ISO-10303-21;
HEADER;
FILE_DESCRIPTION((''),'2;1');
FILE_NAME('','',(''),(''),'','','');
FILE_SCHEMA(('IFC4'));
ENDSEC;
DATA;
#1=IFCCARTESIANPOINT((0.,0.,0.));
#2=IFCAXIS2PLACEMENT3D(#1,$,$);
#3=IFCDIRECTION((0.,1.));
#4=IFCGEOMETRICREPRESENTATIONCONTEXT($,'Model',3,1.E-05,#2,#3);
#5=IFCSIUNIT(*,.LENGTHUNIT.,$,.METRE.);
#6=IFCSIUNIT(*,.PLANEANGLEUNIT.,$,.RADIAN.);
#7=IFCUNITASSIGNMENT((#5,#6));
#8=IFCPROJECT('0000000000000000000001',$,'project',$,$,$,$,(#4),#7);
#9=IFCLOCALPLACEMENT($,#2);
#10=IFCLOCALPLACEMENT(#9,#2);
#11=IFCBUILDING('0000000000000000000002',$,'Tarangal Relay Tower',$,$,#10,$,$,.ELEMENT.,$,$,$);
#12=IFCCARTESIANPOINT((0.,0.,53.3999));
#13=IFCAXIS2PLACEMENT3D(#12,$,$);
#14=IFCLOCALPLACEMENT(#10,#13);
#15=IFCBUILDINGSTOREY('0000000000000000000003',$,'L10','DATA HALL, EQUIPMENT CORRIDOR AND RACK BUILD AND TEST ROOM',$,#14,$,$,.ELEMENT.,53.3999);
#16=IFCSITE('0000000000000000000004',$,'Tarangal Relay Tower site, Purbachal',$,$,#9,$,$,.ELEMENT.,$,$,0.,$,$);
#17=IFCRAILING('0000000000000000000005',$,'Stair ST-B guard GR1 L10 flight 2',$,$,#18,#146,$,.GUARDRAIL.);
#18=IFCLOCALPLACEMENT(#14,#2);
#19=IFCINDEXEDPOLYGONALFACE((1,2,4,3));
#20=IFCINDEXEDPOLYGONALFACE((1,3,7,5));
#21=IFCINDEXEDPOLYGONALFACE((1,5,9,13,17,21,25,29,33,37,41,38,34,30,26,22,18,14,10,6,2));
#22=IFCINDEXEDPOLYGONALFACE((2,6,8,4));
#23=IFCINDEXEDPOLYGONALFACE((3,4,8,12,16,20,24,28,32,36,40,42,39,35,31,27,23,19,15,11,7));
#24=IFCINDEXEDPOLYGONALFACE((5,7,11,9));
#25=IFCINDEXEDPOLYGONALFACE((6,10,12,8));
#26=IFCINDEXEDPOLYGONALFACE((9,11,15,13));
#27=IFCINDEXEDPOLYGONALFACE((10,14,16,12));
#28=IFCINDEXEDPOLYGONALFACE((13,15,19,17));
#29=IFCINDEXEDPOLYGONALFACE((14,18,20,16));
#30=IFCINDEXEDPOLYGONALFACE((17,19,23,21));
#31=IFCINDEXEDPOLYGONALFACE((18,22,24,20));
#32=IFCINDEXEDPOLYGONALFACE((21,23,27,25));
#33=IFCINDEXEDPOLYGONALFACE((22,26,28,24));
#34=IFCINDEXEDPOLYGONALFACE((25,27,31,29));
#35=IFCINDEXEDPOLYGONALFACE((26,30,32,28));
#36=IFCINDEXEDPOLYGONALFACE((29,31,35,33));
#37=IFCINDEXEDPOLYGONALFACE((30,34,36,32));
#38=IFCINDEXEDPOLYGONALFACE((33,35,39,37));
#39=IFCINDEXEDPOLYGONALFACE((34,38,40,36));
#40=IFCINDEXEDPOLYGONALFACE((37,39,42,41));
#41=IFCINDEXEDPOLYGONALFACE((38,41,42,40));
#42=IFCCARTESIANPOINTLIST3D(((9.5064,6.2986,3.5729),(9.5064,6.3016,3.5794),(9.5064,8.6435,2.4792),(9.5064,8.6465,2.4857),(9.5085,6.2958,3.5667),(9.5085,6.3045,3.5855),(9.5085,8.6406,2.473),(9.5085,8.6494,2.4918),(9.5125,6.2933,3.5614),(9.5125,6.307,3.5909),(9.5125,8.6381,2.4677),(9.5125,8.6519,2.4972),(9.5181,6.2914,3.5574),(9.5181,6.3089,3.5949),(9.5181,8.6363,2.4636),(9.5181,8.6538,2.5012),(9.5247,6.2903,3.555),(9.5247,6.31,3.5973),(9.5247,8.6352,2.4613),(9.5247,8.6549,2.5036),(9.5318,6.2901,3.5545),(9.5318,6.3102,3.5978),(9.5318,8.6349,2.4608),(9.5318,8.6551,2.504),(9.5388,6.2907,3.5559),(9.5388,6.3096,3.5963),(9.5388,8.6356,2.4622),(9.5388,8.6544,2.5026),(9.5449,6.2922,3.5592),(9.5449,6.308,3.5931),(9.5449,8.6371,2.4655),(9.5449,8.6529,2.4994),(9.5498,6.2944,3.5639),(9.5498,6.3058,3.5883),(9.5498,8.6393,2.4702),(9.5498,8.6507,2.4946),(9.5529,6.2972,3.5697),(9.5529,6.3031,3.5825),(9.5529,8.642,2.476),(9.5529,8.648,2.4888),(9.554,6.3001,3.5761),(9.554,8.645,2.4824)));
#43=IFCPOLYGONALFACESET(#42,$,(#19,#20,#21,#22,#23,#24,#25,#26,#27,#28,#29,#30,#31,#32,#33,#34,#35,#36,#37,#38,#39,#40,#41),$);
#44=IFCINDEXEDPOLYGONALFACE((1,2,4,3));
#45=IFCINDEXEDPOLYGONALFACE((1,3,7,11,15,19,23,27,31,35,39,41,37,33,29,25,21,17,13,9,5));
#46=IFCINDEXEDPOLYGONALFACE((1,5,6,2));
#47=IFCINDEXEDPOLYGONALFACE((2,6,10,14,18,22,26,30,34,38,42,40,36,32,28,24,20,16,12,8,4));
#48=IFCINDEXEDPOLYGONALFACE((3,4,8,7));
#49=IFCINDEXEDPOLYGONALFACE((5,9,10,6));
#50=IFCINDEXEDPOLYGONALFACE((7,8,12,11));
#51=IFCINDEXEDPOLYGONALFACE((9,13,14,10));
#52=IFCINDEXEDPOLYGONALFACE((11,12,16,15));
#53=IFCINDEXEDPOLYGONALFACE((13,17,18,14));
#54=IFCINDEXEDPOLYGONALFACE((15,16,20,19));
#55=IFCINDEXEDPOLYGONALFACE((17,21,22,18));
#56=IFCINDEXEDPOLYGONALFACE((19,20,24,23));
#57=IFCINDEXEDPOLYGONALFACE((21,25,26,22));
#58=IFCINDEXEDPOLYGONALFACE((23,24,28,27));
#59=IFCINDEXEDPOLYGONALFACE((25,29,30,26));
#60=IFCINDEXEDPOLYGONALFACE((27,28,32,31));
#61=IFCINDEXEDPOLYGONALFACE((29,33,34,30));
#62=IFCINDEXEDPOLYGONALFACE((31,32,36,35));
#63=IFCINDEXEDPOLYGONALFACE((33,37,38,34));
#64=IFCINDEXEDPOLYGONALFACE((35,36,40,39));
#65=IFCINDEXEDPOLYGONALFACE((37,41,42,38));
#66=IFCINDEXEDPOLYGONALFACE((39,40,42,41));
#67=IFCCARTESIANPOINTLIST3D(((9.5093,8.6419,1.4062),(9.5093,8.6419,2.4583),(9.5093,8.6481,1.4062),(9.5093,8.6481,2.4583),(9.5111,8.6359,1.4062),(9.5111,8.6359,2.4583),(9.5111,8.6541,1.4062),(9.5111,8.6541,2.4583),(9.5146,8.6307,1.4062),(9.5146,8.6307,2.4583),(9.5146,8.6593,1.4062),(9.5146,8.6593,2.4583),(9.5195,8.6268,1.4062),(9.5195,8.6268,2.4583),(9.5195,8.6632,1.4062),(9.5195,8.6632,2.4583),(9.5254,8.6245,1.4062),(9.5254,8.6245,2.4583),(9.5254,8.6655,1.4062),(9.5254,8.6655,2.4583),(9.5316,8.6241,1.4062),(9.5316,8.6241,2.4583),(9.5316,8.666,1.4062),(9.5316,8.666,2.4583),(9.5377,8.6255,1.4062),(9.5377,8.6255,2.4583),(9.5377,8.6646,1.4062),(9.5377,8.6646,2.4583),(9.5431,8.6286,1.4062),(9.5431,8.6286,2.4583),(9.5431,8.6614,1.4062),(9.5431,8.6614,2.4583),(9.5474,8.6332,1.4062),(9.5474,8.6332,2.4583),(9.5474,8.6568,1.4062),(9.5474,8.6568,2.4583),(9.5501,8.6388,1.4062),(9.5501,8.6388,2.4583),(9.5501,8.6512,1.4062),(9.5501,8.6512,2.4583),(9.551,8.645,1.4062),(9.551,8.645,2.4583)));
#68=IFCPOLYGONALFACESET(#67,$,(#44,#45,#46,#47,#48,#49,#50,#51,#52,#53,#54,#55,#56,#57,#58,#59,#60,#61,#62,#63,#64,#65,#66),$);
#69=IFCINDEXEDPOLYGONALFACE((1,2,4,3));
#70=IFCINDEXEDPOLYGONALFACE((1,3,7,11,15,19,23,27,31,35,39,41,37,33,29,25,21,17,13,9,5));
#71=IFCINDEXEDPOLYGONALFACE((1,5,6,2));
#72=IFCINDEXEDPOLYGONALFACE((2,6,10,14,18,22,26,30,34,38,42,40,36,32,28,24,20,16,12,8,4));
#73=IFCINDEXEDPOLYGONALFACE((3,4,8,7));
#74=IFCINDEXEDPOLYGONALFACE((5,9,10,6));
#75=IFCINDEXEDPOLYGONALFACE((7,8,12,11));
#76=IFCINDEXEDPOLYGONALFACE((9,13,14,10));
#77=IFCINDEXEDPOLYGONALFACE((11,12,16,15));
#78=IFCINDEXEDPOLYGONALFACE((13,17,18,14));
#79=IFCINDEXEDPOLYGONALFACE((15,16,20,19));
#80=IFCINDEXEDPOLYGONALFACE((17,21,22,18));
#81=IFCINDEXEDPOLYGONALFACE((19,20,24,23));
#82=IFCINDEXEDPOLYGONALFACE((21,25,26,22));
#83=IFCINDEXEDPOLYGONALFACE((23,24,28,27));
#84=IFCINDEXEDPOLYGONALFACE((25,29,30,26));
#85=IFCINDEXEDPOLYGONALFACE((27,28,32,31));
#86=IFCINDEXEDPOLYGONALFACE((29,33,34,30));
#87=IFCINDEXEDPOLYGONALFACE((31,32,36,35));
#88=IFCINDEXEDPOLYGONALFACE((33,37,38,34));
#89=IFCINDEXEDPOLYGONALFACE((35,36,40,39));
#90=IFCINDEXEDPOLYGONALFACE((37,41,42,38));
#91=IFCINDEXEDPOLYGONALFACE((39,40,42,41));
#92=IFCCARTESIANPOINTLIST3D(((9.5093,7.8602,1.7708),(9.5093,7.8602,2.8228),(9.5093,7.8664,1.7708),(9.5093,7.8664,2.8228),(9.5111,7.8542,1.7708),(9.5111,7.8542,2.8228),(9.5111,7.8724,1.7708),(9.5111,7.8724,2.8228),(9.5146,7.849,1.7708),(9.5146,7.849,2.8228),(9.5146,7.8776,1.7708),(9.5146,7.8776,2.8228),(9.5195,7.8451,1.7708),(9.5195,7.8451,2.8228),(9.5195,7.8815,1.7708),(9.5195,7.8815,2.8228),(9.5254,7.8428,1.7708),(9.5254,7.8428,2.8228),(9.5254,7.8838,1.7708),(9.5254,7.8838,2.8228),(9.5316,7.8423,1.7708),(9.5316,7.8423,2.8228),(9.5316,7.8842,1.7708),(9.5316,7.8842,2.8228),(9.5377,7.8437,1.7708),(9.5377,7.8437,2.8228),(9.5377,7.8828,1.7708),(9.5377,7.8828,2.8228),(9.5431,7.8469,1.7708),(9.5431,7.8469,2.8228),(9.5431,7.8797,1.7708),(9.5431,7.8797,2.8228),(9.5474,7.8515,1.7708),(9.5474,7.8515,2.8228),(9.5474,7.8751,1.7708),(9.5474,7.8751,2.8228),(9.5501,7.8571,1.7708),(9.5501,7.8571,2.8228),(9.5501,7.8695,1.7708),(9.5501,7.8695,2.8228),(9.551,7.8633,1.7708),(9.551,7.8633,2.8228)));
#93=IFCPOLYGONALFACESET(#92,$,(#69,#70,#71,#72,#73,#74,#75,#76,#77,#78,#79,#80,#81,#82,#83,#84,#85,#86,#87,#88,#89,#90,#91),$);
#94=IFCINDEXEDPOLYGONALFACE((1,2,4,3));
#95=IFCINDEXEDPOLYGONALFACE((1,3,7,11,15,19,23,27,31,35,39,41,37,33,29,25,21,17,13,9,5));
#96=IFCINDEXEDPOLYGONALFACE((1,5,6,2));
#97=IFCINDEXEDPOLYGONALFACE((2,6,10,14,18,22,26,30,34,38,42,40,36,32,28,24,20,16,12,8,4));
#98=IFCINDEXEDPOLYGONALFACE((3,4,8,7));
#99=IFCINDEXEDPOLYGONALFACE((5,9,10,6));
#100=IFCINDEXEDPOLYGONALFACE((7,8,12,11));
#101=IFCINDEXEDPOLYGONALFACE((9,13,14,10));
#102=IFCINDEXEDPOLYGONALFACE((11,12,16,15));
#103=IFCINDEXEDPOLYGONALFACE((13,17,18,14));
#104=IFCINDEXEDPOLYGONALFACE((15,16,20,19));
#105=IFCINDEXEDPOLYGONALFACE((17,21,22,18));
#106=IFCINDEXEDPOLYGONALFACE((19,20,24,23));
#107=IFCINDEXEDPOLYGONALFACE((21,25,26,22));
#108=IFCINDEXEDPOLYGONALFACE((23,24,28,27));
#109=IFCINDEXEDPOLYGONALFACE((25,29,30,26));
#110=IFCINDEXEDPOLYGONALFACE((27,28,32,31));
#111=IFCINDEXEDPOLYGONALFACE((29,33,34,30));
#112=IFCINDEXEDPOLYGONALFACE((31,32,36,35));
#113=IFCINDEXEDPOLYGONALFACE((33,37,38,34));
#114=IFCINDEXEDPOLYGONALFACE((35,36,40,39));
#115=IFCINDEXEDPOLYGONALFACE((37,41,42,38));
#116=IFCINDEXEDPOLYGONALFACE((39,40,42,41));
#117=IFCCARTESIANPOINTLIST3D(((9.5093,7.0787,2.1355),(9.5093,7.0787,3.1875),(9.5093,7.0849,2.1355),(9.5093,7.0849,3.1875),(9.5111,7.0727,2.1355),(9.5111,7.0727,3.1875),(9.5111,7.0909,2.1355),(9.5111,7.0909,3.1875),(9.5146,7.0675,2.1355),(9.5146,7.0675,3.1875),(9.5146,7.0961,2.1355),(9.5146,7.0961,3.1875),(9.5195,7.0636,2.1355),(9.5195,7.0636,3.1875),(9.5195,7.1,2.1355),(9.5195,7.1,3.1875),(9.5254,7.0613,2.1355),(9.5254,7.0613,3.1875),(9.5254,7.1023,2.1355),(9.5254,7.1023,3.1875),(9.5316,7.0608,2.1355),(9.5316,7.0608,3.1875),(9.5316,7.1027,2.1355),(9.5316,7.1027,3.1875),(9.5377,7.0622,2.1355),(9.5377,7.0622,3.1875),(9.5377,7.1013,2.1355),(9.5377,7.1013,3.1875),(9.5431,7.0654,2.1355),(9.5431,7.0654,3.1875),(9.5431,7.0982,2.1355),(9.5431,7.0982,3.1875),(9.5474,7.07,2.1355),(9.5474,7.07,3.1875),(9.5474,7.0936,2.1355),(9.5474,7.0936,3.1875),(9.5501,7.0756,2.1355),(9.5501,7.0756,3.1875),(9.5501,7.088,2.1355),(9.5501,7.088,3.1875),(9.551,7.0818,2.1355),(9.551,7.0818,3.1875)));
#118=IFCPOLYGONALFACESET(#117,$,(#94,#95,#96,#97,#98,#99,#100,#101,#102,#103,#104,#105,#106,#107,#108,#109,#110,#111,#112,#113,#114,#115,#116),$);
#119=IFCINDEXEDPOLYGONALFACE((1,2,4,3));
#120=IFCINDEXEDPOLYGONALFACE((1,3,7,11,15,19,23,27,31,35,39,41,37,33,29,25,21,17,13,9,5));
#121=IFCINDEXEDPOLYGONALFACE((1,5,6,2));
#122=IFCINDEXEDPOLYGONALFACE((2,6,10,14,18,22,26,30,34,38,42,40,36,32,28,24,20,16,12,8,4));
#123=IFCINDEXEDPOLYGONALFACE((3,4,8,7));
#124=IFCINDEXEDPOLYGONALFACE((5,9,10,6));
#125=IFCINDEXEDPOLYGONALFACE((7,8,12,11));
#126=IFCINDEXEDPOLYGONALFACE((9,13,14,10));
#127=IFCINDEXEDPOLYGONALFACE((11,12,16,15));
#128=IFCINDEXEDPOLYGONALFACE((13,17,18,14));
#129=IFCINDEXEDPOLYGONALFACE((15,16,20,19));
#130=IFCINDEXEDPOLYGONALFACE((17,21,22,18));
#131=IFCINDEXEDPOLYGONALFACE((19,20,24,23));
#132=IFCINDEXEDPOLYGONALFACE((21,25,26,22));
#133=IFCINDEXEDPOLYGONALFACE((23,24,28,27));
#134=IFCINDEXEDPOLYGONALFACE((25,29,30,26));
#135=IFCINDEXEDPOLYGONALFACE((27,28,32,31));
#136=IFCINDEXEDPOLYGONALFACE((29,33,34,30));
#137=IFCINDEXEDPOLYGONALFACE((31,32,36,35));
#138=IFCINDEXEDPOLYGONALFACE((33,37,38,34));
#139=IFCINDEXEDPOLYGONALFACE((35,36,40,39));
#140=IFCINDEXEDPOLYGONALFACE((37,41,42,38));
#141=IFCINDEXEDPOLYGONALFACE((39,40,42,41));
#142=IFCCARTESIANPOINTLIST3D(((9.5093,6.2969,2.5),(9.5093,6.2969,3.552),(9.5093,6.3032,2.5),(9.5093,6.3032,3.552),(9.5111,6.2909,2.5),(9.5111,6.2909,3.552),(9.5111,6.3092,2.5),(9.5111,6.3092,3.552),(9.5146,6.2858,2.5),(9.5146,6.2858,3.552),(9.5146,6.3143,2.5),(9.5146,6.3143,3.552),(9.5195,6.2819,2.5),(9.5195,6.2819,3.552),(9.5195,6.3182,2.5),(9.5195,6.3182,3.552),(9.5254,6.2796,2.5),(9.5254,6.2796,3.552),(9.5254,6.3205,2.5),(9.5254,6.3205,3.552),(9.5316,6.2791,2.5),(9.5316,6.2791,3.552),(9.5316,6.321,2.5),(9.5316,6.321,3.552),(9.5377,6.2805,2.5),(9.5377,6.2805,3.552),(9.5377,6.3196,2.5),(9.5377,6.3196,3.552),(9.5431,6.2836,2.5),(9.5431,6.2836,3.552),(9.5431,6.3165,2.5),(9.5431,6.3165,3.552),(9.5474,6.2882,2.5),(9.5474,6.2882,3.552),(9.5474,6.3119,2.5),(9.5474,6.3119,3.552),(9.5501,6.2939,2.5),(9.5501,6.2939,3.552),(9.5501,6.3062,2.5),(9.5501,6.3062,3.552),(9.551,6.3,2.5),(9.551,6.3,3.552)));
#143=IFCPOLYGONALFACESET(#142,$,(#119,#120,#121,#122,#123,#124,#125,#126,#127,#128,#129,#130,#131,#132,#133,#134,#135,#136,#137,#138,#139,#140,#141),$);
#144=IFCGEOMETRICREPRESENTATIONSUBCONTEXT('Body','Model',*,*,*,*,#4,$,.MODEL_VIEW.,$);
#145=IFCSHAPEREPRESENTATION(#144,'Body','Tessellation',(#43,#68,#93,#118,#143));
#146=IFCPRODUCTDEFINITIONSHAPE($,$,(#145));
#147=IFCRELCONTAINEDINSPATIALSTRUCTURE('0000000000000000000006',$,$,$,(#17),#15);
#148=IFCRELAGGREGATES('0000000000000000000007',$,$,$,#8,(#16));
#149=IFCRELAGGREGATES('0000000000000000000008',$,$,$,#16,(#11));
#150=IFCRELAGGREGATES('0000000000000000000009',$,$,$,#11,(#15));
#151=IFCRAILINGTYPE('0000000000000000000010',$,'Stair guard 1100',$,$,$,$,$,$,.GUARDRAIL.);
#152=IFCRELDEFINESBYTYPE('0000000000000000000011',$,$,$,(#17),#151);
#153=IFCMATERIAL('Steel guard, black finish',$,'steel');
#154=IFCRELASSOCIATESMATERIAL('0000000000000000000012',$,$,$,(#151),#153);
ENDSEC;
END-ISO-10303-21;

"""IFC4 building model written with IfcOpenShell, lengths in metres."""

from ifc_helpers import new_model, si_unit, direction, frame, origin, origin_2d, place, context, subcontext, project, spatial, circle, extrude, material, type_object, element, save


model = new_model("IFC4")

# Units and contexts
model_context = context("Model", 3, precision=1e-05, world=origin(), true_north=direction((0.0, 1.0)))
body_context = subcontext(model_context, "Body", "Model", "MODEL_VIEW")
ifc_project = project(units=[si_unit("LENGTHUNIT", "METRE"), si_unit("PLANEANGLEUNIT", "RADIAN")], contexts=[model_context])

# Site, building, storey
site_placement = place(None, origin())
site = spatial("IfcSite", under=ifc_project, at=site_placement, Name="Tarangal Relay Tower site, Purbachal", CompositionType="ELEMENT", RefElevation=0.0)
building_placement = place(site_placement, origin())
building = spatial("IfcBuilding", under=site, at=building_placement, Name="Tarangal Relay Tower", CompositionType="ELEMENT")
storey_placement = place(building_placement, frame((0.0, 0.0, 53.3999)))
storey = spatial("IfcBuildingStorey", under=building, at=storey_placement, Name="L10", Description="DATA HALL, EQUIPMENT CORRIDOR AND RACK BUILD AND TEST ROOM", CompositionType="ELEMENT", Elevation=53.3999)

# Railing
ifc_material_1 = material(Name="Steel guard, black finish", Category="steel")
railing_type_1 = type_object("IfcRailingType", Name="Stair guard 1100", PredefinedType="GUARDRAIL", material=ifc_material_1)
railing_1_placement = place(storey_placement, frame((9.53, 8.645, 1.4062)))
element("IfcRailing", 1, at=railing_1_placement, inside=storey, type_object=railing_type_1, Name="Stair ST-B guard GR1 L10 flight 2", PredefinedType="GUARDRAIL", context=body_context, shape_type="SweptSolid", body=[
    extrude(circle(Radius=0.0239, at=origin_2d()), frame((0.0, 0.0, 1.0762), z_axis=(0.0, -0.906267, 0.422705), x_axis=(1.0, 0.0, 0.0)), (0.0, 0.0, 1.0), 2.5874),
    extrude(circle(Radius=0.021, at=origin_2d()), origin(), (0.0, 0.0, 1.0), 1.052),
    extrude(circle(Radius=0.021, at=origin_2d()), frame((0.0, -0.7817, 0.3645)), (0.0, 0.0, 1.0), 1.052),
    extrude(circle(Radius=0.021, at=origin_2d()), frame((0.0, -1.5632, 0.7292)), (0.0, 0.0, 1.0), 1.052),
    extrude(circle(Radius=0.021, at=origin_2d()), frame((0.0, -2.345, 1.0938)), (0.0, 0.0, 1.0), 1.052),
])

save(model, "model.ifc")
